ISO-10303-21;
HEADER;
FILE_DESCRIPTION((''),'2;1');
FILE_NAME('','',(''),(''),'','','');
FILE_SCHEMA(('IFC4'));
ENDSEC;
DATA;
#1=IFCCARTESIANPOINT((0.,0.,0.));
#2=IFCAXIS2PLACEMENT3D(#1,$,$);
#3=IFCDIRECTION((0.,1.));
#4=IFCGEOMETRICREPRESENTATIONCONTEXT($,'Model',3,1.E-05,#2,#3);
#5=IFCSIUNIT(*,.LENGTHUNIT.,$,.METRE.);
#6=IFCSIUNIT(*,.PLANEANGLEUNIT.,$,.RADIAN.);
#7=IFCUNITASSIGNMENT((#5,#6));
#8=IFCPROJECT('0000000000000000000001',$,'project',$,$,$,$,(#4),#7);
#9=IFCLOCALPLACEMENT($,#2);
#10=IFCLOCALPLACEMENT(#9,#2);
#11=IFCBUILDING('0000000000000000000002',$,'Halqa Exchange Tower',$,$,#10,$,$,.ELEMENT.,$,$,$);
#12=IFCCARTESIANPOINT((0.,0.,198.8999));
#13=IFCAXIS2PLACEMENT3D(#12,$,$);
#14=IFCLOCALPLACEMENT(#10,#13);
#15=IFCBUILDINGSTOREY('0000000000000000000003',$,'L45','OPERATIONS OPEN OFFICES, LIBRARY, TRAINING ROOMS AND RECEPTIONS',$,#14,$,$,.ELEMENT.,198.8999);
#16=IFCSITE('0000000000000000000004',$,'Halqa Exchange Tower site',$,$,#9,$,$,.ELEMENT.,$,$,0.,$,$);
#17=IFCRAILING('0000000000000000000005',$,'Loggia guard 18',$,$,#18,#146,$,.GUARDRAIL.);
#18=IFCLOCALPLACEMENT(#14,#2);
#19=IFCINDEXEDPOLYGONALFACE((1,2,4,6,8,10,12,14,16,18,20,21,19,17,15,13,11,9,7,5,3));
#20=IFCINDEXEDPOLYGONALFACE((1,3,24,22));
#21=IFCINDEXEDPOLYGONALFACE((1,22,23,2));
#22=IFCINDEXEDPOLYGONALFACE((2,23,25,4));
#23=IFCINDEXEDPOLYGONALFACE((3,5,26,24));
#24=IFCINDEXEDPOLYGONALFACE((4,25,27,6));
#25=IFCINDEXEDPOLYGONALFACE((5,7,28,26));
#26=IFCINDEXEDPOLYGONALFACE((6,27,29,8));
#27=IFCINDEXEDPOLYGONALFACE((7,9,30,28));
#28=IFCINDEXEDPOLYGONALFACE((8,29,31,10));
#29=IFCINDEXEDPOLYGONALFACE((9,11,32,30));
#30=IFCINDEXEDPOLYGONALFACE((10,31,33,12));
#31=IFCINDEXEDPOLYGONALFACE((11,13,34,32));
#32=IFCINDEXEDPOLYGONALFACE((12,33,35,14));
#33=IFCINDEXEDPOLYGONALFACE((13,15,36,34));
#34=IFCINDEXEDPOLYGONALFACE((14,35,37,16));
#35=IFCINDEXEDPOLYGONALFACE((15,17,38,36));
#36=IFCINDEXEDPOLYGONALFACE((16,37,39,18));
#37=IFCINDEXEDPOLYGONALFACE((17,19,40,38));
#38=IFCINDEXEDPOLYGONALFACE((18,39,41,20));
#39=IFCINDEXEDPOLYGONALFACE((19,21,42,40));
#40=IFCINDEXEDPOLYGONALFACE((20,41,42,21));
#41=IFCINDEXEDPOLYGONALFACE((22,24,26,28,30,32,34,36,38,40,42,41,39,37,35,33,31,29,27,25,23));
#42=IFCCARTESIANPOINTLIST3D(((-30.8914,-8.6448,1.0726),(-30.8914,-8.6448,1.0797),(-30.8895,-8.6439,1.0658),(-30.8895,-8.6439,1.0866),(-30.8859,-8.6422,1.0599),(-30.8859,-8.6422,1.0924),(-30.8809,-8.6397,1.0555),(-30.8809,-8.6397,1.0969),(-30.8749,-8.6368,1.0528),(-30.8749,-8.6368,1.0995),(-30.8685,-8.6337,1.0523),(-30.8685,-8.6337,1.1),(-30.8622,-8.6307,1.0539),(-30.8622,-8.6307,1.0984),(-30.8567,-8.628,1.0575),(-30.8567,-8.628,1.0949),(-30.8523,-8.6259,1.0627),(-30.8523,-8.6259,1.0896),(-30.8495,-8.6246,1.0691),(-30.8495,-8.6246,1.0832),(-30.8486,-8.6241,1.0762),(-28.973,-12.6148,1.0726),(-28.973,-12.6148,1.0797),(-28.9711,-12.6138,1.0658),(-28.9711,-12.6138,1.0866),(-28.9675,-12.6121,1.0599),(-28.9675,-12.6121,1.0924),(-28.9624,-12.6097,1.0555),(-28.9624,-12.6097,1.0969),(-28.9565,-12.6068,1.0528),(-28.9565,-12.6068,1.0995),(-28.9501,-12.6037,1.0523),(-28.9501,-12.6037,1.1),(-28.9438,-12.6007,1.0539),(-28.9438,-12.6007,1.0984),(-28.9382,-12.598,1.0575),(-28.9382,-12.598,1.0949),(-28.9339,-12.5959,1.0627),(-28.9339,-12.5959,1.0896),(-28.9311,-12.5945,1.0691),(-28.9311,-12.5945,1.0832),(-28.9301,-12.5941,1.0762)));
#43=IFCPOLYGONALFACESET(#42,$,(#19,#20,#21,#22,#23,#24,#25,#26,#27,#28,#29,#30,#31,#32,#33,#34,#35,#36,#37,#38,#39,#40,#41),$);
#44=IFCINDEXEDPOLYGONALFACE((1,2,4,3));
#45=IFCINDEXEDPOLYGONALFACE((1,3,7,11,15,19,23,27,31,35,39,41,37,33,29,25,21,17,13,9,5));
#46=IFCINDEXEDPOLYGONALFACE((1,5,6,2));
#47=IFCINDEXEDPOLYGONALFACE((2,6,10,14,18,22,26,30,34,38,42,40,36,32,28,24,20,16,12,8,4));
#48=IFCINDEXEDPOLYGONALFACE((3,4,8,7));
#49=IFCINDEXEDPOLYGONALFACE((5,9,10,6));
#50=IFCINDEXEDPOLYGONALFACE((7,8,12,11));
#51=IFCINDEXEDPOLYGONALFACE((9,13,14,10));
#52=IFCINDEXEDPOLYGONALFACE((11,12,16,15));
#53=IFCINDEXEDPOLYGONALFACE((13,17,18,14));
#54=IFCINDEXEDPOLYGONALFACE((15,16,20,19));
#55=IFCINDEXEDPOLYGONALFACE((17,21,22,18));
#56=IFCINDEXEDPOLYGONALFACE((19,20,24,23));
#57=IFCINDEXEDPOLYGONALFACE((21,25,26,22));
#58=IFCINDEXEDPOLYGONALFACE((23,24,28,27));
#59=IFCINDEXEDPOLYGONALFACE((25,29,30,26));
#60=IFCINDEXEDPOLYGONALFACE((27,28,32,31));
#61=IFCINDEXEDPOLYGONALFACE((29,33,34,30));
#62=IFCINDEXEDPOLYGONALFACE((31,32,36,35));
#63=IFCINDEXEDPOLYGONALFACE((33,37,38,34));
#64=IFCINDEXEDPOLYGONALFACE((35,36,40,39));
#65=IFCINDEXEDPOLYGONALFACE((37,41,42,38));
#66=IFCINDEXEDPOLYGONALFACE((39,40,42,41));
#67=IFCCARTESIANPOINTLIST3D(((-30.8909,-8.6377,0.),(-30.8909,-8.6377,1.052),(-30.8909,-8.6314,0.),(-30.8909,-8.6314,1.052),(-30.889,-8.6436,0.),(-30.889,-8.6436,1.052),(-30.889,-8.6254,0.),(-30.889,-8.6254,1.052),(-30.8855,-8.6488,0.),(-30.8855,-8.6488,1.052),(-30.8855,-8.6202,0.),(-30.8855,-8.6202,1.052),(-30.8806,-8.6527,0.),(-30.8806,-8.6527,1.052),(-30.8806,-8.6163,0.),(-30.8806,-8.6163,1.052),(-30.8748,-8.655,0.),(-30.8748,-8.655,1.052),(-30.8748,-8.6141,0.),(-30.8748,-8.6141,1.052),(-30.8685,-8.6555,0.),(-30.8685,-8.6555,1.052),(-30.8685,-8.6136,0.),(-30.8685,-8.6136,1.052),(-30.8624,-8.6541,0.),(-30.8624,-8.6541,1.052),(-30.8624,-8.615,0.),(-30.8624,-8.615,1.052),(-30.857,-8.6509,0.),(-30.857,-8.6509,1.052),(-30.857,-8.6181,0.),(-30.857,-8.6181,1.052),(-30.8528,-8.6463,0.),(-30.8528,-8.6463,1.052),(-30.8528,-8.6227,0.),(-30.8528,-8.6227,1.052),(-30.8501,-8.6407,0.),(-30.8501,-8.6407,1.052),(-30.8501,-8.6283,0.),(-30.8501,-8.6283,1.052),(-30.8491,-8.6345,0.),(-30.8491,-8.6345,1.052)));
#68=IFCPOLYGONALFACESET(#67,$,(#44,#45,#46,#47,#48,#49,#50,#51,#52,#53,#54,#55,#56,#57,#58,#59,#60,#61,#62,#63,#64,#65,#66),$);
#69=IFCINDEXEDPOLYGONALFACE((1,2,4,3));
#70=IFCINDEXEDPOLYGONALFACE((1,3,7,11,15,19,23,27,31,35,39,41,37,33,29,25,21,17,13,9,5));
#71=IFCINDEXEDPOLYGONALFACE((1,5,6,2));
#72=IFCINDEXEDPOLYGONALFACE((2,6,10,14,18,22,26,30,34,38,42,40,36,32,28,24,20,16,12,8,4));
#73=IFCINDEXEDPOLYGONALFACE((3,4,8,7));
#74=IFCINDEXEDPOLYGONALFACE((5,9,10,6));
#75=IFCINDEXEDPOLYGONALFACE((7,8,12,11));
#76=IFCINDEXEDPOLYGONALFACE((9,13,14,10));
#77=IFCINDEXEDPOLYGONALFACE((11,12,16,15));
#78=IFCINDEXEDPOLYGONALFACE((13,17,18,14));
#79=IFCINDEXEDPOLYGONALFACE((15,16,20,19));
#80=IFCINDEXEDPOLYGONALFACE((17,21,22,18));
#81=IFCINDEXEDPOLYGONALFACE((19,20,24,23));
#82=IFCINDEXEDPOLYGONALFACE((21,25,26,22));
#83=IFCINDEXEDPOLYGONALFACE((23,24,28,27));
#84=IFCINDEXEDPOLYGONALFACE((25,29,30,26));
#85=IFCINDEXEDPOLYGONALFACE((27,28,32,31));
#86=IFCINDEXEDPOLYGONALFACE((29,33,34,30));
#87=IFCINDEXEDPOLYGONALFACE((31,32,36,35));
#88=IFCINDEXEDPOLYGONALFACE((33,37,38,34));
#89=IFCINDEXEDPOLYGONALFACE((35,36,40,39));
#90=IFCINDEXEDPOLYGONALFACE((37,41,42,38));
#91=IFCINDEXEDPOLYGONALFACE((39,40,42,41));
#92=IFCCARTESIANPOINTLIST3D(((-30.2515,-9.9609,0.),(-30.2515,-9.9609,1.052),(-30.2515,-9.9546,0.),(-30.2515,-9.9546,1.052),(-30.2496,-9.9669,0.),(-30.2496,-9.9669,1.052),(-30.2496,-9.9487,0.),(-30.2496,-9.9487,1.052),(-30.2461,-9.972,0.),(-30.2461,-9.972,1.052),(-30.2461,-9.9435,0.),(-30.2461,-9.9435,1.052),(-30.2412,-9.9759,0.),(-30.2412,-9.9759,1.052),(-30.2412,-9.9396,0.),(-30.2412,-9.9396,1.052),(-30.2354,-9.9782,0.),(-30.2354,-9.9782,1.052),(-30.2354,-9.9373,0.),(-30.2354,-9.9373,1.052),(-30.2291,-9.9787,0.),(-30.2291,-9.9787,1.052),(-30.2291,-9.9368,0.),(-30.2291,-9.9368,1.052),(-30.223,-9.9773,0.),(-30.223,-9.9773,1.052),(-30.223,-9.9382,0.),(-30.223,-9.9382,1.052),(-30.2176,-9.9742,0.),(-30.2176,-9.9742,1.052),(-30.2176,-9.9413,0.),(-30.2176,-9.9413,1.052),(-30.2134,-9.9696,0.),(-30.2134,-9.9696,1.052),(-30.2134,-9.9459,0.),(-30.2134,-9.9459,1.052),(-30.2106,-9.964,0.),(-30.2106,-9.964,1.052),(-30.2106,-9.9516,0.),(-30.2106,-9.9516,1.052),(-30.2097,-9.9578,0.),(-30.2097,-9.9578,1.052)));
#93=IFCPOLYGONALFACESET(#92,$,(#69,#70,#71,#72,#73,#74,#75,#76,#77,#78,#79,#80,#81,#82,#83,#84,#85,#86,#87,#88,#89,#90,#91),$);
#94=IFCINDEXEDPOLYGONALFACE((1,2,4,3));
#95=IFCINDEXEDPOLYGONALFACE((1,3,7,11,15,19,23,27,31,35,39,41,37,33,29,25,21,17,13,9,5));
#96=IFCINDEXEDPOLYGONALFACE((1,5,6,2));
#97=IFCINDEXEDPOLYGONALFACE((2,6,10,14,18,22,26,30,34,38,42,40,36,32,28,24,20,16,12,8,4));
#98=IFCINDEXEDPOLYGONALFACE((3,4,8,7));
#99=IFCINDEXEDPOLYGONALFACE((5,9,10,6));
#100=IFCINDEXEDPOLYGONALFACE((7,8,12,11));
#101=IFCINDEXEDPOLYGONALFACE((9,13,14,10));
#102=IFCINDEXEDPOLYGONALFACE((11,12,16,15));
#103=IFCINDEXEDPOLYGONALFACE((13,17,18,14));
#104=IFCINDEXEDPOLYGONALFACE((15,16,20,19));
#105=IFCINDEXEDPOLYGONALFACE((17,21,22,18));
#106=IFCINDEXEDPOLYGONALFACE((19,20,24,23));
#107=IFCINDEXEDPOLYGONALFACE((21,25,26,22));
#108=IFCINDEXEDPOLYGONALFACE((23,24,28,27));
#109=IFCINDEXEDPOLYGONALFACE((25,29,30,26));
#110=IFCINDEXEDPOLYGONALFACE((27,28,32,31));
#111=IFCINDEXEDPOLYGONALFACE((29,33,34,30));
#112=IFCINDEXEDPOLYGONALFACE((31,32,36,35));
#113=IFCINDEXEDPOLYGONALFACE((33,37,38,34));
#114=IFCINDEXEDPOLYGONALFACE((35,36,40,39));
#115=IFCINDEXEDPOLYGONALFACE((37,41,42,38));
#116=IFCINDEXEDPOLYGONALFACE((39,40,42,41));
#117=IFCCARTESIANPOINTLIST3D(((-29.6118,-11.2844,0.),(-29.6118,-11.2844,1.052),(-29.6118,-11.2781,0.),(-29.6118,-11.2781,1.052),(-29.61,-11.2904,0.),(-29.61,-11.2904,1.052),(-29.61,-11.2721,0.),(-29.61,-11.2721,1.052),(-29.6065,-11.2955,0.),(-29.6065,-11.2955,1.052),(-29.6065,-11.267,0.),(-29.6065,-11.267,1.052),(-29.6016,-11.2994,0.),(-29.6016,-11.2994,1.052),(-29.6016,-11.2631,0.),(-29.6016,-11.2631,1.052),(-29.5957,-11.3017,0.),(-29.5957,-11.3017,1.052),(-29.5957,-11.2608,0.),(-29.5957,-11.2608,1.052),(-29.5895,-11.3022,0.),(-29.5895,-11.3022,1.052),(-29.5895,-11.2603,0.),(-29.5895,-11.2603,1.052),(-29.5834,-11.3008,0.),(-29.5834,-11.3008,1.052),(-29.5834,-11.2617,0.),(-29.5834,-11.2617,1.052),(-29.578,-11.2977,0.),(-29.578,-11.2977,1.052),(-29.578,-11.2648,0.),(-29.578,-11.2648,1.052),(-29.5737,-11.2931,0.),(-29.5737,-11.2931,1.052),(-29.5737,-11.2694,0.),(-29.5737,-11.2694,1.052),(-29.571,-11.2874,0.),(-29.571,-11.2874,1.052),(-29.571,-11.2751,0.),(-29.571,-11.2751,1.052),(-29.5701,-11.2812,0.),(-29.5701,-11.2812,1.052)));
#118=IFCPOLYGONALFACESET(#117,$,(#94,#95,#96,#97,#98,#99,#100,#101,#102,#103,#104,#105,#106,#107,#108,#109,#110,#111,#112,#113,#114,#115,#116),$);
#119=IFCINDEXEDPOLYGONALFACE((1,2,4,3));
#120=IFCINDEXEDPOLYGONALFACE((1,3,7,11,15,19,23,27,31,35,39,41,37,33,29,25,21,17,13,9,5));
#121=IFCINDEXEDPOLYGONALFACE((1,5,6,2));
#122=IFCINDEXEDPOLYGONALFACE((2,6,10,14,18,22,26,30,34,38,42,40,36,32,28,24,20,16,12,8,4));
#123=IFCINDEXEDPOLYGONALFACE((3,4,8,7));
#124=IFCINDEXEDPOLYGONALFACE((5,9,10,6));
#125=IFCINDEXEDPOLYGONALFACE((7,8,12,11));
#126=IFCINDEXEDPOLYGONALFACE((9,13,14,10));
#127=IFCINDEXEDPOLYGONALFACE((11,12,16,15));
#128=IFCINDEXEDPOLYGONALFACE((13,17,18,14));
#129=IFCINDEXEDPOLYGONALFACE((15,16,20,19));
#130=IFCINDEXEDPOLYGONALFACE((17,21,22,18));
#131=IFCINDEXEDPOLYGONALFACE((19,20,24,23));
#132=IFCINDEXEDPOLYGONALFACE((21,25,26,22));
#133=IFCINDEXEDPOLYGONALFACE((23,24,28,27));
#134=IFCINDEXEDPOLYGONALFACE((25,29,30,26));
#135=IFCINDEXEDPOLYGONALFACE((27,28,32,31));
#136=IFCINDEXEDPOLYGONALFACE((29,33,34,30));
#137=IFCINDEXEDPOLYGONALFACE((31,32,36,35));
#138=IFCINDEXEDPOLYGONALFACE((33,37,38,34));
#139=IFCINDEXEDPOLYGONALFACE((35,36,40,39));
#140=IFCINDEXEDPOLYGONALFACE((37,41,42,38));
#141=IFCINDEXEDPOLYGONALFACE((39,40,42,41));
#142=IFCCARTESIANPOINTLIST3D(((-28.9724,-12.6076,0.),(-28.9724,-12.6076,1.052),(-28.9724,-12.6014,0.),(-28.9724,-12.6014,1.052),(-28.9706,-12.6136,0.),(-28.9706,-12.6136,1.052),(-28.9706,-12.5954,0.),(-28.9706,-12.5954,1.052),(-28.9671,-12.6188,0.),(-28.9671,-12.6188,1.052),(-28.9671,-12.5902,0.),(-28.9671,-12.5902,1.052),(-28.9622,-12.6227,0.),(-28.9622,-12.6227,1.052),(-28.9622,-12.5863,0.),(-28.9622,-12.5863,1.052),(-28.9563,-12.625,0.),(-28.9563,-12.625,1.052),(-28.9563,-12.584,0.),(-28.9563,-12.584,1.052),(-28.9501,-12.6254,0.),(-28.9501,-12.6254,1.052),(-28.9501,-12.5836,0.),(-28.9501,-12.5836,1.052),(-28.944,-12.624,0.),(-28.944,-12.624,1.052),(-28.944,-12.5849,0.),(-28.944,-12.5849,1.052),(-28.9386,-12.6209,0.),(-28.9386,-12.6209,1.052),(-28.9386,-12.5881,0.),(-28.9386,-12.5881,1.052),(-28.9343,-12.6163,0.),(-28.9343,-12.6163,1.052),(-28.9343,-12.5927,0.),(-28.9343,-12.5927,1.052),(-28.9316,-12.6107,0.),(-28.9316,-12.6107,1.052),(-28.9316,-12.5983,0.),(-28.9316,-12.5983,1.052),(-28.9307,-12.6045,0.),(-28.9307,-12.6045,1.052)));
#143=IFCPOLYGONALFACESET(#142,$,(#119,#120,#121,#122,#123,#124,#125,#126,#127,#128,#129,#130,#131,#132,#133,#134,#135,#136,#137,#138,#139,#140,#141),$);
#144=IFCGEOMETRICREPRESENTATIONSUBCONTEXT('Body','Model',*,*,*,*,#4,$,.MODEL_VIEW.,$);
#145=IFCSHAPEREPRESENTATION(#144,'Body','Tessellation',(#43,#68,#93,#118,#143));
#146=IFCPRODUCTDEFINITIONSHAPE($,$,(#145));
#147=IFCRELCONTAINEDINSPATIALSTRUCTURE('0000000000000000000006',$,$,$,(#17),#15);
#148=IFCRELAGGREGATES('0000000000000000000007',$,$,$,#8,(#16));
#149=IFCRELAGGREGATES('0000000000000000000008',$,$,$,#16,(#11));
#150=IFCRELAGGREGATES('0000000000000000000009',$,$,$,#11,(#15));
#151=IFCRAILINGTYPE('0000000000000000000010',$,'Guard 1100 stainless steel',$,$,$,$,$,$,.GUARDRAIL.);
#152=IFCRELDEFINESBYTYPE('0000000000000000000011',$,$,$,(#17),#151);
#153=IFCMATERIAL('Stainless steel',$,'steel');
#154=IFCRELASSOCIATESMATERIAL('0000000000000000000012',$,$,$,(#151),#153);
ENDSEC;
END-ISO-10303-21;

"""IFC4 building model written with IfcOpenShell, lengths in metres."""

from ifc_helpers import new_model, si_unit, direction, frame, origin, origin_2d, place, context, subcontext, project, spatial, circle, extrude, material, type_object, element, save


model = new_model("IFC4")

# Units and contexts
model_context = context("Model", 3, precision=1e-05, world=origin(), true_north=direction((0.0, 1.0)))
body_context = subcontext(model_context, "Body", "Model", "MODEL_VIEW")
ifc_project = project(units=[si_unit("LENGTHUNIT", "METRE"), si_unit("PLANEANGLEUNIT", "RADIAN")], contexts=[model_context])

# Site, building, storey
site_placement = place(None, origin())
site = spatial("IfcSite", under=ifc_project, at=site_placement, Name="Halqa Exchange Tower site", CompositionType="ELEMENT", RefElevation=0.0)
building_placement = place(site_placement, origin())
building = spatial("IfcBuilding", under=site, at=building_placement, Name="Halqa Exchange Tower", CompositionType="ELEMENT")
storey_placement = place(building_placement, frame((0.0, 0.0, 198.8999)))
storey = spatial("IfcBuildingStorey", under=building, at=storey_placement, Name="L45", Description="OPERATIONS OPEN OFFICES, LIBRARY, TRAINING ROOMS AND RECEPTIONS", CompositionType="ELEMENT", Elevation=198.8999)

# Railing
ifc_material_1 = material(Name="Stainless steel", Category="steel")
railing_type = type_object("IfcRailingType", Name="Guard 1100 stainless steel", PredefinedType="GUARDRAIL", material=ifc_material_1)
railing_1_placement = place(storey_placement, frame((-30.8701, -8.6345, 0.0)))
element("IfcRailing", 1, at=railing_1_placement, inside=storey, type_object=railing_type, Name="Loggia guard 18", PredefinedType="GUARDRAIL", context=body_context, shape_type="SweptSolid", body=[
    extrude(circle(Radius=0.0239, at=origin_2d()), frame((0.0, 0.0, 1.0762), z_axis=(0.435102, -0.900381, 0.0), x_axis=(0.900381, 0.435102, 0.0)), (0.0, 0.0, 1.0), 4.4092),
    extrude(circle(Radius=0.021, at=origin_2d()), origin(), (0.0, 0.0, 1.0), 1.052),
    extrude(circle(Radius=0.021, at=origin_2d()), frame((0.6394, -1.3232, 0.0)), (0.0, 0.0, 1.0), 1.052),
    extrude(circle(Radius=0.021, at=origin_2d()), frame((1.2791, -2.6467, 0.0)), (0.0, 0.0, 1.0), 1.052),
    extrude(circle(Radius=0.021, at=origin_2d()), frame((1.9185, -3.97, 0.0)), (0.0, 0.0, 1.0), 1.052),
])

save(model, "model.ifc")
